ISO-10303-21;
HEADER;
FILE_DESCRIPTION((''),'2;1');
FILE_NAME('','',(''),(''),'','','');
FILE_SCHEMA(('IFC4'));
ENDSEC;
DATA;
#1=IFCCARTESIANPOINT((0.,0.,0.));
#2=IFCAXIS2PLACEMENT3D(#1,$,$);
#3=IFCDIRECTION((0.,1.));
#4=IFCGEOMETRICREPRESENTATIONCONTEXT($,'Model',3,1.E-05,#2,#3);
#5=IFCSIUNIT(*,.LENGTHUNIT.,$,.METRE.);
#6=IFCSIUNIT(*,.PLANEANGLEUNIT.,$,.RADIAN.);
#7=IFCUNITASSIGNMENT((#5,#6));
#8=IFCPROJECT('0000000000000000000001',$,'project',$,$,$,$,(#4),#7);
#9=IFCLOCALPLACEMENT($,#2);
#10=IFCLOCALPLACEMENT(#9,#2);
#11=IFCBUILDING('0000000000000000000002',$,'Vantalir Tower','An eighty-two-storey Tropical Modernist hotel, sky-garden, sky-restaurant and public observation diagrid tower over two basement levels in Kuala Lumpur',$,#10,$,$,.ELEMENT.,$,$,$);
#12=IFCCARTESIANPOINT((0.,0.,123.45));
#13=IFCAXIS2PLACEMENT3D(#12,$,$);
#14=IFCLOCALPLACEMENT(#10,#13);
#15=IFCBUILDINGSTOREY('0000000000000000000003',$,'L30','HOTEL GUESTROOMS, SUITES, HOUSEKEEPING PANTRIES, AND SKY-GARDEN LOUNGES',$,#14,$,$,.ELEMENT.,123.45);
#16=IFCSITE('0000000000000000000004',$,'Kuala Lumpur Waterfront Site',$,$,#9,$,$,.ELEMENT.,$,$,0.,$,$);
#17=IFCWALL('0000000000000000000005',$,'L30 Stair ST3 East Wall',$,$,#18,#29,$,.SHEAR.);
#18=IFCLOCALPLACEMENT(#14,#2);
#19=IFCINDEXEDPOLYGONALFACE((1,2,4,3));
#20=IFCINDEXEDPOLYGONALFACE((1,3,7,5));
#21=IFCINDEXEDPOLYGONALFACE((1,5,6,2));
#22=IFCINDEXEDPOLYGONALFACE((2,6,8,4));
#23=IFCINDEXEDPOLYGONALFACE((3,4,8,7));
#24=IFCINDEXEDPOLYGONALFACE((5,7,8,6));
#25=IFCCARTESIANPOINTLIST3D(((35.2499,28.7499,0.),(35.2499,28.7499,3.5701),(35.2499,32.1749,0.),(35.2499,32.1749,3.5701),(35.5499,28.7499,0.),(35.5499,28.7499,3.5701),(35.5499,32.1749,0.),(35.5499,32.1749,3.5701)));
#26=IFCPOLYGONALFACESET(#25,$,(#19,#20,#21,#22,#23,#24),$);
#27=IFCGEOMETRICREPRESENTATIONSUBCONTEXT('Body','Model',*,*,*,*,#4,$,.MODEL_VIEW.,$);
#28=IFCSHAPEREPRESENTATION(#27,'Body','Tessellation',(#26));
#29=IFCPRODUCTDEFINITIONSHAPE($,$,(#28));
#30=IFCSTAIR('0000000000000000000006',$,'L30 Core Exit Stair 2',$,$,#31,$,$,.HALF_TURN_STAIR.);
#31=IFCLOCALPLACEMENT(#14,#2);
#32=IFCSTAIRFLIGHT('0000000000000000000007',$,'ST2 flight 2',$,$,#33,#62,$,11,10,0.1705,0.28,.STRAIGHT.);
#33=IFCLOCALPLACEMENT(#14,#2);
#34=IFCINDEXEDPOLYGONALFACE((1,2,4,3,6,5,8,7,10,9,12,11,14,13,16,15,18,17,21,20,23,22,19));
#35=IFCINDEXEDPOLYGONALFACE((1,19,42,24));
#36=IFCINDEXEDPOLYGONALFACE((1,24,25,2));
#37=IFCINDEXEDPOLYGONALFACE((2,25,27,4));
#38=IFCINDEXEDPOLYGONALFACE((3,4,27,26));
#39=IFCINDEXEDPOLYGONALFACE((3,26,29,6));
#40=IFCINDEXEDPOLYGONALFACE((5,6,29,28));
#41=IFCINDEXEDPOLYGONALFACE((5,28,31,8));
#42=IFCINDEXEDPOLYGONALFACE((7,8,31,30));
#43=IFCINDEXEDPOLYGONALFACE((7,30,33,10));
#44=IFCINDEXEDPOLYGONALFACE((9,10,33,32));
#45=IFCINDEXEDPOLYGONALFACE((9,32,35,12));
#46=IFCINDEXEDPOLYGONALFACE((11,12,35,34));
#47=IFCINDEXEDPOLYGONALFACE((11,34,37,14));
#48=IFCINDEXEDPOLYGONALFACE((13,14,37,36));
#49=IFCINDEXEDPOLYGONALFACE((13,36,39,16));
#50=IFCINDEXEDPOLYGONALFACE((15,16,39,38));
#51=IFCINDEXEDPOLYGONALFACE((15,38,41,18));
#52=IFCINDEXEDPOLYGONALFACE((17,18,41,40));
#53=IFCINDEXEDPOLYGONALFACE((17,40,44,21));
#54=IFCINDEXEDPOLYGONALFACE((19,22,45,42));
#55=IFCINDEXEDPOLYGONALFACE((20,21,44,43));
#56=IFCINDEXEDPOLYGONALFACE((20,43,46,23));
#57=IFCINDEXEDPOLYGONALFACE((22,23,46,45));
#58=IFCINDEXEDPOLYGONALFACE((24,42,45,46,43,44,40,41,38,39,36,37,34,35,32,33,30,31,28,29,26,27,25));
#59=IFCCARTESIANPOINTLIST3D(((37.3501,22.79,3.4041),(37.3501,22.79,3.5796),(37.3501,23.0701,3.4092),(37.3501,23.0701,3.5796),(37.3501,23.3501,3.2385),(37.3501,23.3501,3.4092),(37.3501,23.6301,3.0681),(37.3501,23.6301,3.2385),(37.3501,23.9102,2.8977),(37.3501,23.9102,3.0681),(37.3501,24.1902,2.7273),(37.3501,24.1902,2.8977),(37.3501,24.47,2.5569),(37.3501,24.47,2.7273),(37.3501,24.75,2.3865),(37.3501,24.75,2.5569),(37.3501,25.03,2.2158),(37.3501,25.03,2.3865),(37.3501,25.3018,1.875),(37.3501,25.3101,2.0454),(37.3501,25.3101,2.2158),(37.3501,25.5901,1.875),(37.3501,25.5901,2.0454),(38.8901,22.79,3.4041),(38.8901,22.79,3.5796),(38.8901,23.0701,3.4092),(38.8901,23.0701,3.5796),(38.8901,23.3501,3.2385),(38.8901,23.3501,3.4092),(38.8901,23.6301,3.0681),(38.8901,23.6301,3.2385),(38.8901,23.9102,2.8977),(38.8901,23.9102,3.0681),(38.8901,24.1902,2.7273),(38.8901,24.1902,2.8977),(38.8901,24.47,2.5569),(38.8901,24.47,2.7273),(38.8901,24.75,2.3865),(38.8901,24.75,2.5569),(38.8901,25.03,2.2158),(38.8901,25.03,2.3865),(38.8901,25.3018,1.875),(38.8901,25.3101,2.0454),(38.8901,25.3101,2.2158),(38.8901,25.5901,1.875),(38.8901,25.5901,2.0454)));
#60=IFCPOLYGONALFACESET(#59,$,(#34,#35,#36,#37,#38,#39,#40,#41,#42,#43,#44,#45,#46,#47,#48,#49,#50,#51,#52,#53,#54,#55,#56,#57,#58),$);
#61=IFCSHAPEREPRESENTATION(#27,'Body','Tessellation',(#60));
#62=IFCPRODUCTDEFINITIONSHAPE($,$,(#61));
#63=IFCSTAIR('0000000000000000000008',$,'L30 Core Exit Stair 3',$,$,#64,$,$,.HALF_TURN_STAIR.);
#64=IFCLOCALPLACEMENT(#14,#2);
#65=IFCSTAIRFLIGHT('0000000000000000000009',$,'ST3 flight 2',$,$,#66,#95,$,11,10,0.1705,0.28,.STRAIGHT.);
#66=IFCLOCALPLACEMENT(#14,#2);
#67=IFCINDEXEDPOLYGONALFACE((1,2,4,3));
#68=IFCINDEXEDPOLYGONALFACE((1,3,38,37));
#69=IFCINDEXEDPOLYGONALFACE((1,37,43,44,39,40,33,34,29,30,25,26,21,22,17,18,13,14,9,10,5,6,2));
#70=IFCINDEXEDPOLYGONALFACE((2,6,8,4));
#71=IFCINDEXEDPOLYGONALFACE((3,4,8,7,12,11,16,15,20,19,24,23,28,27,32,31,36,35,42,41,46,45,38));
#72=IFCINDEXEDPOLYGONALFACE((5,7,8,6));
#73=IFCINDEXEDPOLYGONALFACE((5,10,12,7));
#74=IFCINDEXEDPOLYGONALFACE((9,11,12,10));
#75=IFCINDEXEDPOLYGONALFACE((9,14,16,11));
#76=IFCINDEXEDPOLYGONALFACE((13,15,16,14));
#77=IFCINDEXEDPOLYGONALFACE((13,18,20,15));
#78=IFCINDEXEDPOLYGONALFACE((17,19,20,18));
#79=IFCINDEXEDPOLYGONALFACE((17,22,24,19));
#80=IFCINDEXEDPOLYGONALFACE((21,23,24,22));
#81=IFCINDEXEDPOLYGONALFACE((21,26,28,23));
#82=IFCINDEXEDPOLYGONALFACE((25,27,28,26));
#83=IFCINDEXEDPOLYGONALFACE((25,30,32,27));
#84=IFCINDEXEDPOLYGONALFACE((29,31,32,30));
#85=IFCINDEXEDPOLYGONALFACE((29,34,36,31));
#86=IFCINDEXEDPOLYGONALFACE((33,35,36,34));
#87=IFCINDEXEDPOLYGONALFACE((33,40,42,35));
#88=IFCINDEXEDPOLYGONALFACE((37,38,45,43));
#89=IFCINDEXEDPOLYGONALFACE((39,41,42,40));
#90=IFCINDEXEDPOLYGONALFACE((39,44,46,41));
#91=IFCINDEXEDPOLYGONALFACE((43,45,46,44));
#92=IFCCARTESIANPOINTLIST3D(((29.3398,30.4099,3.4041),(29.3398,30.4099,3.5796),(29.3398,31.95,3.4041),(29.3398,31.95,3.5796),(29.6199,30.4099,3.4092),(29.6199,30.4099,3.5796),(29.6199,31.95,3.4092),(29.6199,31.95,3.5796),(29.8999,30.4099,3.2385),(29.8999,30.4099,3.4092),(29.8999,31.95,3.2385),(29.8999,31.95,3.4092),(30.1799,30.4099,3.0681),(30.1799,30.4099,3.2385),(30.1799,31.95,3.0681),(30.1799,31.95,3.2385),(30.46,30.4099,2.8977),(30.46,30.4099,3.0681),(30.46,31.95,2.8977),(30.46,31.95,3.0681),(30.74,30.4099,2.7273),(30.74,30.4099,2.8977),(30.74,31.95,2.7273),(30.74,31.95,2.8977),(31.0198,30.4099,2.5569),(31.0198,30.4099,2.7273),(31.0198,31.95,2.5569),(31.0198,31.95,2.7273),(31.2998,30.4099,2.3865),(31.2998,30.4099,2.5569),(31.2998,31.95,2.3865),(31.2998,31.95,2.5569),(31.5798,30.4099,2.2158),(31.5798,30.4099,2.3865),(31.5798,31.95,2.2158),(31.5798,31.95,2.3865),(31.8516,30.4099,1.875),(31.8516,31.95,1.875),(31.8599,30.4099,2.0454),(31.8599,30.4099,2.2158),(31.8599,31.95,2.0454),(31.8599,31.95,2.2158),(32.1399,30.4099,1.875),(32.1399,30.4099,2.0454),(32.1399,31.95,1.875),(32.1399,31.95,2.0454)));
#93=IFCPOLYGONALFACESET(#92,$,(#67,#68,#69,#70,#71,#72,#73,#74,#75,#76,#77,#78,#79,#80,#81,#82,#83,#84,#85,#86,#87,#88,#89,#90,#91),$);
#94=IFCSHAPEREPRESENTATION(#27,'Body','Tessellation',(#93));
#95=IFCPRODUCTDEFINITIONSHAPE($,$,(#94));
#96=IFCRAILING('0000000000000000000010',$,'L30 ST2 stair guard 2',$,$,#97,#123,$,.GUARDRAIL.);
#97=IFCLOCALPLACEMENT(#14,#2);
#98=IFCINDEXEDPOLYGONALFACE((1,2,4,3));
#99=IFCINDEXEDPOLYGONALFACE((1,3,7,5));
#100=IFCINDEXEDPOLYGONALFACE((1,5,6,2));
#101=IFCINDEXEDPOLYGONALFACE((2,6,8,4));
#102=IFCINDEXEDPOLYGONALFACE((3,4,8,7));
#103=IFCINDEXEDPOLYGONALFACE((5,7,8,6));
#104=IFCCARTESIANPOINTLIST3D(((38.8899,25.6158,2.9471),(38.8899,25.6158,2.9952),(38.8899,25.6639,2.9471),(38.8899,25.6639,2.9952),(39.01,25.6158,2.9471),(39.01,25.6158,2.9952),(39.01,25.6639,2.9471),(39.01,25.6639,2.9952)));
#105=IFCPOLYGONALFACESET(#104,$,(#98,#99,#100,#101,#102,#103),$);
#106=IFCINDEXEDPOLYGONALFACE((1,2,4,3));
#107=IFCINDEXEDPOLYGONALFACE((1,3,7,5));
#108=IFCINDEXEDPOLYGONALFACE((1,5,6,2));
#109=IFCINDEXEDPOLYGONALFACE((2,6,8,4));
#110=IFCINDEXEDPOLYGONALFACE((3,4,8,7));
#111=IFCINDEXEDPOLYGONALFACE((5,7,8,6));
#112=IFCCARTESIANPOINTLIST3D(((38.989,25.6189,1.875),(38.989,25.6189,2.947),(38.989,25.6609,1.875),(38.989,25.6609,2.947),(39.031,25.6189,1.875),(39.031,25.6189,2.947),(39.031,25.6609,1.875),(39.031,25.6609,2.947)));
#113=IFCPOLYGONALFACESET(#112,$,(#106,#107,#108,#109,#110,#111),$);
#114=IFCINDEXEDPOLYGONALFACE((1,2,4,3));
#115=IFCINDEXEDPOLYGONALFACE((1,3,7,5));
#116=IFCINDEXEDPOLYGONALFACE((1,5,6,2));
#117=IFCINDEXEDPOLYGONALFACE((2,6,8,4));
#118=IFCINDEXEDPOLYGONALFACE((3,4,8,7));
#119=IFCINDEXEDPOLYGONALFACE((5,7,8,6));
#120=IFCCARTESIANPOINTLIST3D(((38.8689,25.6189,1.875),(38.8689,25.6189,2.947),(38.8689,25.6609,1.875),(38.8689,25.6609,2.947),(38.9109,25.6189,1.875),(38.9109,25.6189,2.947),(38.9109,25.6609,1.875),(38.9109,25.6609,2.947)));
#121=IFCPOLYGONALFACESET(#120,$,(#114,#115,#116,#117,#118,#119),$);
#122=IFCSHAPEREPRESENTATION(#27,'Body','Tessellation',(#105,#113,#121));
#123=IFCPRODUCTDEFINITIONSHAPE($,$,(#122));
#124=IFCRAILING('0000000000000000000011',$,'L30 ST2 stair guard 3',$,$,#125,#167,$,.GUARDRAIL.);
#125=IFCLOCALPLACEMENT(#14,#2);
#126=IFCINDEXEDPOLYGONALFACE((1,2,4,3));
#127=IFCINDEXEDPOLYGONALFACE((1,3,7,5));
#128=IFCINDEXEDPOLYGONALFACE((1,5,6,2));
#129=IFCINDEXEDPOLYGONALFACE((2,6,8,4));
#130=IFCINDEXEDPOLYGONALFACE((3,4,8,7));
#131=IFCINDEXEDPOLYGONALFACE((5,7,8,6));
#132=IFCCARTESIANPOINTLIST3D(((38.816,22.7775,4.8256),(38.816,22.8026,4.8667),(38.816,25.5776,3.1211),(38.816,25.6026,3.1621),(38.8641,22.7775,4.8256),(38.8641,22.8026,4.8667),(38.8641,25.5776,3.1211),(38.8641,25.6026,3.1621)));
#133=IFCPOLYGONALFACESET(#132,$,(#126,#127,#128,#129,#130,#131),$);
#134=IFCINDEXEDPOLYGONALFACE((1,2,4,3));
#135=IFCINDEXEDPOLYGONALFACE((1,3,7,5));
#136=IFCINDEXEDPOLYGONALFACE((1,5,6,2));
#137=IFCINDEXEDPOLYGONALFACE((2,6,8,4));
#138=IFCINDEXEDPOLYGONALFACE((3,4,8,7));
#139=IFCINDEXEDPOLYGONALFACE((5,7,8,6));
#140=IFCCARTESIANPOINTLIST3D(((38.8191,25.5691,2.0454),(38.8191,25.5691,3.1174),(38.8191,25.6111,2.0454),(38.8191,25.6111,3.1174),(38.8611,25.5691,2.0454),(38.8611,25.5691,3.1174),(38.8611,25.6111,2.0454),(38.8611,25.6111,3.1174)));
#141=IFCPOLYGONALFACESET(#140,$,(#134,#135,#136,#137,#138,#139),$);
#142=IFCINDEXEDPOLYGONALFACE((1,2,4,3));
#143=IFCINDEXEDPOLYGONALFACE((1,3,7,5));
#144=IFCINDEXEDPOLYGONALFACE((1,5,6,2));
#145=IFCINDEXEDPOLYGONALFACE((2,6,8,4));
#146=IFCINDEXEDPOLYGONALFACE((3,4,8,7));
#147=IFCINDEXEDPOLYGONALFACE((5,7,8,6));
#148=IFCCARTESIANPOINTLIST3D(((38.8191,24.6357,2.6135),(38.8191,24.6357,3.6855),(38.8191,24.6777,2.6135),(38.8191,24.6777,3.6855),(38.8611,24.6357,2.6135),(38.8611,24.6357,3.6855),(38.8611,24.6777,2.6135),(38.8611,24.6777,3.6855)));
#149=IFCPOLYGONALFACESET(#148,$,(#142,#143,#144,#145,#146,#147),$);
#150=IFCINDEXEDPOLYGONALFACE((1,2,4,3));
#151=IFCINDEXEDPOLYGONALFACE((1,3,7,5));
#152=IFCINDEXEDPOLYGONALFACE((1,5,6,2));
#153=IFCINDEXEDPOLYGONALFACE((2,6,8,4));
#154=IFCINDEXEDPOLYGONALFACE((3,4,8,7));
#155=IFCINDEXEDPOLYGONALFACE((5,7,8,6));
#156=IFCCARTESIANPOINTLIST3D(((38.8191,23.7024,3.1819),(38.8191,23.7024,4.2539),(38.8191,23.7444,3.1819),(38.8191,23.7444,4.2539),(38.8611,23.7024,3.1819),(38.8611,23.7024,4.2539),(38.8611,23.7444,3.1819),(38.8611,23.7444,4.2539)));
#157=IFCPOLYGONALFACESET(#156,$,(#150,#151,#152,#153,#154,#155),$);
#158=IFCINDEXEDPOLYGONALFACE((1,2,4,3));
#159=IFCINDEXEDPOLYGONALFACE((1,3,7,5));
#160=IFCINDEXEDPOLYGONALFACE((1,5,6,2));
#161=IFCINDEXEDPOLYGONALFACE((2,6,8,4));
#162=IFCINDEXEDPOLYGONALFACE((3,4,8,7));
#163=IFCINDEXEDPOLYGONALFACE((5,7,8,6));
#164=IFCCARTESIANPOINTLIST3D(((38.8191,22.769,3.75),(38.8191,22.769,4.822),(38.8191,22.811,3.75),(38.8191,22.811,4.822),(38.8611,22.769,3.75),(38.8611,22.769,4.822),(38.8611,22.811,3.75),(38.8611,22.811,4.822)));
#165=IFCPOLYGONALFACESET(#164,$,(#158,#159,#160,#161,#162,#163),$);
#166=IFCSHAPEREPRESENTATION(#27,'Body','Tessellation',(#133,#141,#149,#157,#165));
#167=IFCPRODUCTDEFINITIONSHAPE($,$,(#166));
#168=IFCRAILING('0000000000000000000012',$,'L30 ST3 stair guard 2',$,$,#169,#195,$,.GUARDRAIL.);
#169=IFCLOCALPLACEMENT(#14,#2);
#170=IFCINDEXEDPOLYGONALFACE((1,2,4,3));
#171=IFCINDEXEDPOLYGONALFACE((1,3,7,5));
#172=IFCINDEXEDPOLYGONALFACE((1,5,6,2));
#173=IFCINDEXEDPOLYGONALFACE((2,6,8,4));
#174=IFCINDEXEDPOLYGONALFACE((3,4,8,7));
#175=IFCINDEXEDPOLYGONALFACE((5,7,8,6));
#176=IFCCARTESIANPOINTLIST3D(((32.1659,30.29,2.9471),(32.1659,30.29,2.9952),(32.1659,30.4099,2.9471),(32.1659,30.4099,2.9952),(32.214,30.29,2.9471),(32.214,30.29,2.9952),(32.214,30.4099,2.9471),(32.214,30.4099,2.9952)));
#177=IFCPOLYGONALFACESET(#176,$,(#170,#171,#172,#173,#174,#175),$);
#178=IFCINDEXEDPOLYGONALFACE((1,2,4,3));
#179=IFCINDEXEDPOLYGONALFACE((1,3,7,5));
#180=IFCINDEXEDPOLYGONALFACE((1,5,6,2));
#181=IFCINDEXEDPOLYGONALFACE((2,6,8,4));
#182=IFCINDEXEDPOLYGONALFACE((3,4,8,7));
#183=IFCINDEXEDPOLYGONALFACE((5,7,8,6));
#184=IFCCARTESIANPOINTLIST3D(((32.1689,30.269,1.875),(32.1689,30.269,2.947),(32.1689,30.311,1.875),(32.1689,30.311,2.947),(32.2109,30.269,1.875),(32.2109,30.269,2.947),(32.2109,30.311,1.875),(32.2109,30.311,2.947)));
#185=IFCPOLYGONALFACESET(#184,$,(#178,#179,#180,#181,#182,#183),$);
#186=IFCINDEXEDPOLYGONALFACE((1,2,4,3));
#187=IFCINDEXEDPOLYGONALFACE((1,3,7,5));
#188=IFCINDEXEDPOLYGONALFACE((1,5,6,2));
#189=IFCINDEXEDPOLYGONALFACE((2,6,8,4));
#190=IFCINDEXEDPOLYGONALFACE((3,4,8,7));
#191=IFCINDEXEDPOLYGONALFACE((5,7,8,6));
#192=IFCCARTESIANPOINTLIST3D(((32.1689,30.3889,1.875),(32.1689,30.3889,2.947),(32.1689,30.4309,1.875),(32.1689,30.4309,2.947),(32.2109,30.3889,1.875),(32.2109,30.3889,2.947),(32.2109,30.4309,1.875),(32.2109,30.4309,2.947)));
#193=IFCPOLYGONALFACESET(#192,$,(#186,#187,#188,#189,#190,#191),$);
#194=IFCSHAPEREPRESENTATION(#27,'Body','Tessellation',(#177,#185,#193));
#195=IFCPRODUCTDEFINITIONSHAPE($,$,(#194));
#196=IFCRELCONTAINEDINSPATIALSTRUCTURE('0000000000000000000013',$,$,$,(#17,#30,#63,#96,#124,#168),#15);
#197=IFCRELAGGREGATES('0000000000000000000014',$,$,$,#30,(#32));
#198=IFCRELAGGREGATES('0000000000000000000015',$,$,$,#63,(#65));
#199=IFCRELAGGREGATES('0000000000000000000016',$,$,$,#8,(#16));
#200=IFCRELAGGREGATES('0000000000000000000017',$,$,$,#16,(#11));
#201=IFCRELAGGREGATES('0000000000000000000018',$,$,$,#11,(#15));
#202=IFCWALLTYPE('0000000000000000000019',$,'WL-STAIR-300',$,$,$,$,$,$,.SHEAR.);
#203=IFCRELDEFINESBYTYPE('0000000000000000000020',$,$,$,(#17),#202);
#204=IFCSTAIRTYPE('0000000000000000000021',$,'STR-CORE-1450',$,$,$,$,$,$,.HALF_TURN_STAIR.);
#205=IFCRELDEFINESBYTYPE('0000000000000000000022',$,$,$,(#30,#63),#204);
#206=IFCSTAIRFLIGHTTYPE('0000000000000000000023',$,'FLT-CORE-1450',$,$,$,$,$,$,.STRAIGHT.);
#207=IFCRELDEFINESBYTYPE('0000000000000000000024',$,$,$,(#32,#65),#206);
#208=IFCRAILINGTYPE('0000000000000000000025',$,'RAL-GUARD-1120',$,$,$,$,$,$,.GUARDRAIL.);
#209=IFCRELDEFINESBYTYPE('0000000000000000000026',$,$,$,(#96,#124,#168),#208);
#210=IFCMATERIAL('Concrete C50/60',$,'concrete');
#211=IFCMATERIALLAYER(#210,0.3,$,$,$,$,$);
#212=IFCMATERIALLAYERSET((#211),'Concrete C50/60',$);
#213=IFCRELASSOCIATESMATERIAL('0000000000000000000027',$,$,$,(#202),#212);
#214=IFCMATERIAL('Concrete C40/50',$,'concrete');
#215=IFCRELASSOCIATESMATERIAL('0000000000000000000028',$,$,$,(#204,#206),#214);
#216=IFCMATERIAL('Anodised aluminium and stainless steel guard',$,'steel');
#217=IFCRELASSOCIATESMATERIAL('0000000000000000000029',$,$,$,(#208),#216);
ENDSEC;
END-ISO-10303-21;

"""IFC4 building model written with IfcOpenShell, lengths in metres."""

from ifc_helpers import new_model, si_unit, direction, frame, frame_2d, origin, origin_2d, place, context, subcontext, project, spatial, polyline, rectangle, outline, extrude, material, layer, layer_set, type_object, element, aggregate, save


model = new_model("IFC4")

# Units and contexts
model_context = context("Model", 3, precision=1e-05, world=origin(), true_north=direction((0.0, 1.0)))
body_context = subcontext(model_context, "Body", "Model", "MODEL_VIEW")
ifc_project = project(units=[si_unit("LENGTHUNIT", "METRE"), si_unit("PLANEANGLEUNIT", "RADIAN")], contexts=[model_context])

# Site, building, storey
site_placement = place(None, origin())
site = spatial("IfcSite", under=ifc_project, at=site_placement, Name="Kuala Lumpur Waterfront Site", CompositionType="ELEMENT", RefElevation=0.0)
building_placement = place(site_placement, origin())
building = spatial("IfcBuilding", under=site, at=building_placement, Name="Vantalir Tower", Description="An eighty-two-storey Tropical Modernist hotel, sky-garden, sky-restaurant and public observation diagrid tower over two basement levels in Kuala Lumpur", CompositionType="ELEMENT")
storey_placement = place(building_placement, frame((0.0, 0.0, 123.45)))
storey = spatial("IfcBuildingStorey", under=building, at=storey_placement, Name="L30", Description="HOTEL GUESTROOMS, SUITES, HOUSEKEEPING PANTRIES, AND SKY-GARDEN LOUNGES", CompositionType="ELEMENT", Elevation=123.45)

# Wall
ifc_material_1 = material(Name="Concrete C50/60", Category="concrete")
ifc_layer_1 = layer(ifc_material_1, 0.3)
ifc_layer_set_1 = layer_set([ifc_layer_1], Name="Concrete C50/60")
wall_type_1 = type_object("IfcWallType", Name="WL-STAIR-300", PredefinedType="SHEAR", material=ifc_layer_set_1)
wall_1_placement = place(storey_placement, frame((35.3999, 28.75, 0.0), z_axis=(0.0, 0.0, 1.0), x_axis=(0.0, 1.0, 0.0)))
element("IfcWall", 1, at=wall_1_placement, inside=storey, type_object=wall_type_1, Name="L30 Stair ST3 East Wall", PredefinedType="SHEAR", context=body_context, shape_type="SweptSolid", body=[
    extrude(rectangle(XDim=3.425, YDim=0.3, at=frame_2d((1.7124, 0.0))), origin(), (0.0, 0.0, 1.0), 3.5701),
])

# Stairs, stair flights
ifc_material_2 = material(Name="Concrete C40/50", Category="concrete")
stair_type = type_object("IfcStairType", Name="STR-CORE-1450", PredefinedType="HALF_TURN_STAIR", material=ifc_material_2)
stair_1_placement = place(storey_placement, origin())
stair_1 = element("IfcStair", 2, at=stair_1_placement, inside=storey, type_object=stair_type, Name="L30 Core Exit Stair 2", PredefinedType="HALF_TURN_STAIR")
stair_flight_type = type_object("IfcStairFlightType", Name="FLT-CORE-1450", PredefinedType="STRAIGHT", material=ifc_material_2)
stair_flight_1_placement = place(storey_placement, frame((38.1201, 25.5901, 1.875), z_axis=(0.0, 0.0, 1.0), x_axis=(0.0, -1.0, 0.0)))
stair_flight_1 = element("IfcStairFlight", 3, at=stair_flight_1_placement, type_object=stair_flight_type, Name="ST2 flight 2", NumberOfRisers=11, NumberOfTreads=10, PredefinedType="STRAIGHT", RiserHeight=0.1705, TreadLength=0.28, context=body_context, shape_type="SweptSolid", body=[
    extrude(outline(polyline([(0.0, 0.0), (0.0, 0.1704), (0.28, 0.1704), (0.28, 0.3408), (0.5601, 0.3408), (0.5601, 0.5115), (0.8401, 0.5115), (0.8401, 0.6819), (1.1201, 0.6819), (1.1201, 0.8523), (1.3999, 0.8523), (1.3999, 1.0227), (1.6799, 1.0227), (1.6799, 1.1931), (1.96, 1.1931), (1.96, 1.3635), (2.24, 1.3635), (2.24, 1.5342), (2.52, 1.5342), (2.52, 1.7046), (2.8, 1.7046), (2.8, 1.875), (2.8, 1.5291), (0.2883, 0.0), (0.0, 0.0)])), frame((0.0, 0.77, 0.0), z_axis=(0.0, -1.0, 0.0), x_axis=(1.0, 0.0, 0.0)), (0.0, 0.0, 1.0), 1.54),
])
aggregate(stair_1, [stair_flight_1])
stair_2_placement = place(storey_placement, origin())
stair_2 = element("IfcStair", 4, at=stair_2_placement, inside=storey, type_object=stair_type, Name="L30 Core Exit Stair 3", PredefinedType="HALF_TURN_STAIR")
stair_flight_2_placement = place(storey_placement, frame((32.1399, 31.1799, 1.875), z_axis=(0.0, 0.0, 1.0), x_axis=(-1.0, 0.0, 0.0)))
stair_flight_2 = element("IfcStairFlight", 5, at=stair_flight_2_placement, type_object=stair_flight_type, Name="ST3 flight 2", NumberOfRisers=11, NumberOfTreads=10, PredefinedType="STRAIGHT", RiserHeight=0.1705, TreadLength=0.28, context=body_context, shape_type="SweptSolid", body=[
    extrude(outline(polyline([(0.0, 0.0), (0.0, 0.1704), (0.28, 0.1704), (0.28, 0.3408), (0.5601, 0.3408), (0.5601, 0.5115), (0.8401, 0.5115), (0.8401, 0.6819), (1.1201, 0.6819), (1.1201, 0.8523), (1.3999, 0.8523), (1.3999, 1.0227), (1.6799, 1.0227), (1.6799, 1.1931), (1.96, 1.1931), (1.96, 1.3635), (2.24, 1.3635), (2.24, 1.5342), (2.52, 1.5342), (2.52, 1.7046), (2.8, 1.7046), (2.8, 1.875), (2.8, 1.5291), (0.2883, 0.0), (0.0, 0.0)])), frame((0.0, 0.77, 0.0), z_axis=(0.0, -1.0, 0.0), x_axis=(1.0, 0.0, 0.0)), (0.0, 0.0, 1.0), 1.54),
])
aggregate(stair_2, [stair_flight_2])

# Railings
ifc_material_3 = material(Name="Anodised aluminium and stainless steel guard", Category="steel")
railing_type_1 = type_object("IfcRailingType", Name="RAL-GUARD-1120", PredefinedType="GUARDRAIL", material=ifc_material_3)
railing_1_placement = place(storey_placement, frame((39.01, 25.6399, 1.875)))
element("IfcRailing", 6, at=railing_1_placement, inside=storey, type_object=railing_type_1, Name="L30 ST2 stair guard 2", PredefinedType="GUARDRAIL", context=body_context, shape_type="SweptSolid", body=[
    extrude(rectangle(XDim=0.0481, YDim=0.0481, at=origin_2d()), frame((0.0, 0.0, 1.0962), z_axis=(-1.0, 0.0, 0.0), x_axis=(0.0, -1.0, 0.0)), (0.0, 0.0, 1.0), 0.1201),
    extrude(rectangle(XDim=0.042, YDim=0.042, at=origin_2d()), origin(), (0.0, 0.0, 1.0), 1.072),
    extrude(rectangle(XDim=0.042, YDim=0.042, at=origin_2d()), frame((-0.1201, 0.0, 0.0)), (0.0, 0.0, 1.0), 1.072),
])
railing_2_placement = place(storey_placement, frame((38.8401, 25.5901, 2.0454)))
element("IfcRailing", 7, at=railing_2_placement, inside=storey, type_object=railing_type_1, Name="L30 ST2 stair guard 3", PredefinedType="GUARDRAIL", context=body_context, shape_type="SweptSolid", body=[
    extrude(rectangle(XDim=0.0481, YDim=0.0481, at=origin_2d()), frame((0.0, 0.0, 1.0962), z_axis=(0.0, -0.85417, 0.519994), x_axis=(1.0, 0.0, 0.0)), (0.0, 0.0, 1.0), 3.2781),
    extrude(rectangle(XDim=0.042, YDim=0.042, at=origin_2d()), origin(), (0.0, 0.0, 1.0), 1.072),
    extrude(rectangle(XDim=0.042, YDim=0.042, at=origin_2d()), frame((0.0, -0.9333, 0.5681)), (0.0, 0.0, 1.0), 1.072),
    extrude(rectangle(XDim=0.042, YDim=0.042, at=origin_2d()), frame((0.0, -1.8667, 1.1365)), (0.0, 0.0, 1.0), 1.072),
    extrude(rectangle(XDim=0.042, YDim=0.042, at=origin_2d()), frame((0.0, -2.8, 1.7046)), (0.0, 0.0, 1.0), 1.072),
])
railing_3_placement = place(storey_placement, frame((32.1899, 30.29, 1.875)))
element("IfcRailing", 8, at=railing_3_placement, inside=storey, type_object=railing_type_1, Name="L30 ST3 stair guard 2", PredefinedType="GUARDRAIL", context=body_context, shape_type="SweptSolid", body=[
    extrude(rectangle(XDim=0.0481, YDim=0.0481, at=origin_2d()), frame((0.0, 0.0, 1.0962), z_axis=(0.0, 1.0, 0.0), x_axis=(-1.0, 0.0, 0.0)), (0.0, 0.0, 1.0), 0.1199),
    extrude(rectangle(XDim=0.042, YDim=0.042, at=origin_2d()), origin(), (0.0, 0.0, 1.0), 1.072),
    extrude(rectangle(XDim=0.042, YDim=0.042, at=origin_2d()), frame((0.0, 0.1199, 0.0)), (0.0, 0.0, 1.0), 1.072),
])

save(model, "model.ifc")
